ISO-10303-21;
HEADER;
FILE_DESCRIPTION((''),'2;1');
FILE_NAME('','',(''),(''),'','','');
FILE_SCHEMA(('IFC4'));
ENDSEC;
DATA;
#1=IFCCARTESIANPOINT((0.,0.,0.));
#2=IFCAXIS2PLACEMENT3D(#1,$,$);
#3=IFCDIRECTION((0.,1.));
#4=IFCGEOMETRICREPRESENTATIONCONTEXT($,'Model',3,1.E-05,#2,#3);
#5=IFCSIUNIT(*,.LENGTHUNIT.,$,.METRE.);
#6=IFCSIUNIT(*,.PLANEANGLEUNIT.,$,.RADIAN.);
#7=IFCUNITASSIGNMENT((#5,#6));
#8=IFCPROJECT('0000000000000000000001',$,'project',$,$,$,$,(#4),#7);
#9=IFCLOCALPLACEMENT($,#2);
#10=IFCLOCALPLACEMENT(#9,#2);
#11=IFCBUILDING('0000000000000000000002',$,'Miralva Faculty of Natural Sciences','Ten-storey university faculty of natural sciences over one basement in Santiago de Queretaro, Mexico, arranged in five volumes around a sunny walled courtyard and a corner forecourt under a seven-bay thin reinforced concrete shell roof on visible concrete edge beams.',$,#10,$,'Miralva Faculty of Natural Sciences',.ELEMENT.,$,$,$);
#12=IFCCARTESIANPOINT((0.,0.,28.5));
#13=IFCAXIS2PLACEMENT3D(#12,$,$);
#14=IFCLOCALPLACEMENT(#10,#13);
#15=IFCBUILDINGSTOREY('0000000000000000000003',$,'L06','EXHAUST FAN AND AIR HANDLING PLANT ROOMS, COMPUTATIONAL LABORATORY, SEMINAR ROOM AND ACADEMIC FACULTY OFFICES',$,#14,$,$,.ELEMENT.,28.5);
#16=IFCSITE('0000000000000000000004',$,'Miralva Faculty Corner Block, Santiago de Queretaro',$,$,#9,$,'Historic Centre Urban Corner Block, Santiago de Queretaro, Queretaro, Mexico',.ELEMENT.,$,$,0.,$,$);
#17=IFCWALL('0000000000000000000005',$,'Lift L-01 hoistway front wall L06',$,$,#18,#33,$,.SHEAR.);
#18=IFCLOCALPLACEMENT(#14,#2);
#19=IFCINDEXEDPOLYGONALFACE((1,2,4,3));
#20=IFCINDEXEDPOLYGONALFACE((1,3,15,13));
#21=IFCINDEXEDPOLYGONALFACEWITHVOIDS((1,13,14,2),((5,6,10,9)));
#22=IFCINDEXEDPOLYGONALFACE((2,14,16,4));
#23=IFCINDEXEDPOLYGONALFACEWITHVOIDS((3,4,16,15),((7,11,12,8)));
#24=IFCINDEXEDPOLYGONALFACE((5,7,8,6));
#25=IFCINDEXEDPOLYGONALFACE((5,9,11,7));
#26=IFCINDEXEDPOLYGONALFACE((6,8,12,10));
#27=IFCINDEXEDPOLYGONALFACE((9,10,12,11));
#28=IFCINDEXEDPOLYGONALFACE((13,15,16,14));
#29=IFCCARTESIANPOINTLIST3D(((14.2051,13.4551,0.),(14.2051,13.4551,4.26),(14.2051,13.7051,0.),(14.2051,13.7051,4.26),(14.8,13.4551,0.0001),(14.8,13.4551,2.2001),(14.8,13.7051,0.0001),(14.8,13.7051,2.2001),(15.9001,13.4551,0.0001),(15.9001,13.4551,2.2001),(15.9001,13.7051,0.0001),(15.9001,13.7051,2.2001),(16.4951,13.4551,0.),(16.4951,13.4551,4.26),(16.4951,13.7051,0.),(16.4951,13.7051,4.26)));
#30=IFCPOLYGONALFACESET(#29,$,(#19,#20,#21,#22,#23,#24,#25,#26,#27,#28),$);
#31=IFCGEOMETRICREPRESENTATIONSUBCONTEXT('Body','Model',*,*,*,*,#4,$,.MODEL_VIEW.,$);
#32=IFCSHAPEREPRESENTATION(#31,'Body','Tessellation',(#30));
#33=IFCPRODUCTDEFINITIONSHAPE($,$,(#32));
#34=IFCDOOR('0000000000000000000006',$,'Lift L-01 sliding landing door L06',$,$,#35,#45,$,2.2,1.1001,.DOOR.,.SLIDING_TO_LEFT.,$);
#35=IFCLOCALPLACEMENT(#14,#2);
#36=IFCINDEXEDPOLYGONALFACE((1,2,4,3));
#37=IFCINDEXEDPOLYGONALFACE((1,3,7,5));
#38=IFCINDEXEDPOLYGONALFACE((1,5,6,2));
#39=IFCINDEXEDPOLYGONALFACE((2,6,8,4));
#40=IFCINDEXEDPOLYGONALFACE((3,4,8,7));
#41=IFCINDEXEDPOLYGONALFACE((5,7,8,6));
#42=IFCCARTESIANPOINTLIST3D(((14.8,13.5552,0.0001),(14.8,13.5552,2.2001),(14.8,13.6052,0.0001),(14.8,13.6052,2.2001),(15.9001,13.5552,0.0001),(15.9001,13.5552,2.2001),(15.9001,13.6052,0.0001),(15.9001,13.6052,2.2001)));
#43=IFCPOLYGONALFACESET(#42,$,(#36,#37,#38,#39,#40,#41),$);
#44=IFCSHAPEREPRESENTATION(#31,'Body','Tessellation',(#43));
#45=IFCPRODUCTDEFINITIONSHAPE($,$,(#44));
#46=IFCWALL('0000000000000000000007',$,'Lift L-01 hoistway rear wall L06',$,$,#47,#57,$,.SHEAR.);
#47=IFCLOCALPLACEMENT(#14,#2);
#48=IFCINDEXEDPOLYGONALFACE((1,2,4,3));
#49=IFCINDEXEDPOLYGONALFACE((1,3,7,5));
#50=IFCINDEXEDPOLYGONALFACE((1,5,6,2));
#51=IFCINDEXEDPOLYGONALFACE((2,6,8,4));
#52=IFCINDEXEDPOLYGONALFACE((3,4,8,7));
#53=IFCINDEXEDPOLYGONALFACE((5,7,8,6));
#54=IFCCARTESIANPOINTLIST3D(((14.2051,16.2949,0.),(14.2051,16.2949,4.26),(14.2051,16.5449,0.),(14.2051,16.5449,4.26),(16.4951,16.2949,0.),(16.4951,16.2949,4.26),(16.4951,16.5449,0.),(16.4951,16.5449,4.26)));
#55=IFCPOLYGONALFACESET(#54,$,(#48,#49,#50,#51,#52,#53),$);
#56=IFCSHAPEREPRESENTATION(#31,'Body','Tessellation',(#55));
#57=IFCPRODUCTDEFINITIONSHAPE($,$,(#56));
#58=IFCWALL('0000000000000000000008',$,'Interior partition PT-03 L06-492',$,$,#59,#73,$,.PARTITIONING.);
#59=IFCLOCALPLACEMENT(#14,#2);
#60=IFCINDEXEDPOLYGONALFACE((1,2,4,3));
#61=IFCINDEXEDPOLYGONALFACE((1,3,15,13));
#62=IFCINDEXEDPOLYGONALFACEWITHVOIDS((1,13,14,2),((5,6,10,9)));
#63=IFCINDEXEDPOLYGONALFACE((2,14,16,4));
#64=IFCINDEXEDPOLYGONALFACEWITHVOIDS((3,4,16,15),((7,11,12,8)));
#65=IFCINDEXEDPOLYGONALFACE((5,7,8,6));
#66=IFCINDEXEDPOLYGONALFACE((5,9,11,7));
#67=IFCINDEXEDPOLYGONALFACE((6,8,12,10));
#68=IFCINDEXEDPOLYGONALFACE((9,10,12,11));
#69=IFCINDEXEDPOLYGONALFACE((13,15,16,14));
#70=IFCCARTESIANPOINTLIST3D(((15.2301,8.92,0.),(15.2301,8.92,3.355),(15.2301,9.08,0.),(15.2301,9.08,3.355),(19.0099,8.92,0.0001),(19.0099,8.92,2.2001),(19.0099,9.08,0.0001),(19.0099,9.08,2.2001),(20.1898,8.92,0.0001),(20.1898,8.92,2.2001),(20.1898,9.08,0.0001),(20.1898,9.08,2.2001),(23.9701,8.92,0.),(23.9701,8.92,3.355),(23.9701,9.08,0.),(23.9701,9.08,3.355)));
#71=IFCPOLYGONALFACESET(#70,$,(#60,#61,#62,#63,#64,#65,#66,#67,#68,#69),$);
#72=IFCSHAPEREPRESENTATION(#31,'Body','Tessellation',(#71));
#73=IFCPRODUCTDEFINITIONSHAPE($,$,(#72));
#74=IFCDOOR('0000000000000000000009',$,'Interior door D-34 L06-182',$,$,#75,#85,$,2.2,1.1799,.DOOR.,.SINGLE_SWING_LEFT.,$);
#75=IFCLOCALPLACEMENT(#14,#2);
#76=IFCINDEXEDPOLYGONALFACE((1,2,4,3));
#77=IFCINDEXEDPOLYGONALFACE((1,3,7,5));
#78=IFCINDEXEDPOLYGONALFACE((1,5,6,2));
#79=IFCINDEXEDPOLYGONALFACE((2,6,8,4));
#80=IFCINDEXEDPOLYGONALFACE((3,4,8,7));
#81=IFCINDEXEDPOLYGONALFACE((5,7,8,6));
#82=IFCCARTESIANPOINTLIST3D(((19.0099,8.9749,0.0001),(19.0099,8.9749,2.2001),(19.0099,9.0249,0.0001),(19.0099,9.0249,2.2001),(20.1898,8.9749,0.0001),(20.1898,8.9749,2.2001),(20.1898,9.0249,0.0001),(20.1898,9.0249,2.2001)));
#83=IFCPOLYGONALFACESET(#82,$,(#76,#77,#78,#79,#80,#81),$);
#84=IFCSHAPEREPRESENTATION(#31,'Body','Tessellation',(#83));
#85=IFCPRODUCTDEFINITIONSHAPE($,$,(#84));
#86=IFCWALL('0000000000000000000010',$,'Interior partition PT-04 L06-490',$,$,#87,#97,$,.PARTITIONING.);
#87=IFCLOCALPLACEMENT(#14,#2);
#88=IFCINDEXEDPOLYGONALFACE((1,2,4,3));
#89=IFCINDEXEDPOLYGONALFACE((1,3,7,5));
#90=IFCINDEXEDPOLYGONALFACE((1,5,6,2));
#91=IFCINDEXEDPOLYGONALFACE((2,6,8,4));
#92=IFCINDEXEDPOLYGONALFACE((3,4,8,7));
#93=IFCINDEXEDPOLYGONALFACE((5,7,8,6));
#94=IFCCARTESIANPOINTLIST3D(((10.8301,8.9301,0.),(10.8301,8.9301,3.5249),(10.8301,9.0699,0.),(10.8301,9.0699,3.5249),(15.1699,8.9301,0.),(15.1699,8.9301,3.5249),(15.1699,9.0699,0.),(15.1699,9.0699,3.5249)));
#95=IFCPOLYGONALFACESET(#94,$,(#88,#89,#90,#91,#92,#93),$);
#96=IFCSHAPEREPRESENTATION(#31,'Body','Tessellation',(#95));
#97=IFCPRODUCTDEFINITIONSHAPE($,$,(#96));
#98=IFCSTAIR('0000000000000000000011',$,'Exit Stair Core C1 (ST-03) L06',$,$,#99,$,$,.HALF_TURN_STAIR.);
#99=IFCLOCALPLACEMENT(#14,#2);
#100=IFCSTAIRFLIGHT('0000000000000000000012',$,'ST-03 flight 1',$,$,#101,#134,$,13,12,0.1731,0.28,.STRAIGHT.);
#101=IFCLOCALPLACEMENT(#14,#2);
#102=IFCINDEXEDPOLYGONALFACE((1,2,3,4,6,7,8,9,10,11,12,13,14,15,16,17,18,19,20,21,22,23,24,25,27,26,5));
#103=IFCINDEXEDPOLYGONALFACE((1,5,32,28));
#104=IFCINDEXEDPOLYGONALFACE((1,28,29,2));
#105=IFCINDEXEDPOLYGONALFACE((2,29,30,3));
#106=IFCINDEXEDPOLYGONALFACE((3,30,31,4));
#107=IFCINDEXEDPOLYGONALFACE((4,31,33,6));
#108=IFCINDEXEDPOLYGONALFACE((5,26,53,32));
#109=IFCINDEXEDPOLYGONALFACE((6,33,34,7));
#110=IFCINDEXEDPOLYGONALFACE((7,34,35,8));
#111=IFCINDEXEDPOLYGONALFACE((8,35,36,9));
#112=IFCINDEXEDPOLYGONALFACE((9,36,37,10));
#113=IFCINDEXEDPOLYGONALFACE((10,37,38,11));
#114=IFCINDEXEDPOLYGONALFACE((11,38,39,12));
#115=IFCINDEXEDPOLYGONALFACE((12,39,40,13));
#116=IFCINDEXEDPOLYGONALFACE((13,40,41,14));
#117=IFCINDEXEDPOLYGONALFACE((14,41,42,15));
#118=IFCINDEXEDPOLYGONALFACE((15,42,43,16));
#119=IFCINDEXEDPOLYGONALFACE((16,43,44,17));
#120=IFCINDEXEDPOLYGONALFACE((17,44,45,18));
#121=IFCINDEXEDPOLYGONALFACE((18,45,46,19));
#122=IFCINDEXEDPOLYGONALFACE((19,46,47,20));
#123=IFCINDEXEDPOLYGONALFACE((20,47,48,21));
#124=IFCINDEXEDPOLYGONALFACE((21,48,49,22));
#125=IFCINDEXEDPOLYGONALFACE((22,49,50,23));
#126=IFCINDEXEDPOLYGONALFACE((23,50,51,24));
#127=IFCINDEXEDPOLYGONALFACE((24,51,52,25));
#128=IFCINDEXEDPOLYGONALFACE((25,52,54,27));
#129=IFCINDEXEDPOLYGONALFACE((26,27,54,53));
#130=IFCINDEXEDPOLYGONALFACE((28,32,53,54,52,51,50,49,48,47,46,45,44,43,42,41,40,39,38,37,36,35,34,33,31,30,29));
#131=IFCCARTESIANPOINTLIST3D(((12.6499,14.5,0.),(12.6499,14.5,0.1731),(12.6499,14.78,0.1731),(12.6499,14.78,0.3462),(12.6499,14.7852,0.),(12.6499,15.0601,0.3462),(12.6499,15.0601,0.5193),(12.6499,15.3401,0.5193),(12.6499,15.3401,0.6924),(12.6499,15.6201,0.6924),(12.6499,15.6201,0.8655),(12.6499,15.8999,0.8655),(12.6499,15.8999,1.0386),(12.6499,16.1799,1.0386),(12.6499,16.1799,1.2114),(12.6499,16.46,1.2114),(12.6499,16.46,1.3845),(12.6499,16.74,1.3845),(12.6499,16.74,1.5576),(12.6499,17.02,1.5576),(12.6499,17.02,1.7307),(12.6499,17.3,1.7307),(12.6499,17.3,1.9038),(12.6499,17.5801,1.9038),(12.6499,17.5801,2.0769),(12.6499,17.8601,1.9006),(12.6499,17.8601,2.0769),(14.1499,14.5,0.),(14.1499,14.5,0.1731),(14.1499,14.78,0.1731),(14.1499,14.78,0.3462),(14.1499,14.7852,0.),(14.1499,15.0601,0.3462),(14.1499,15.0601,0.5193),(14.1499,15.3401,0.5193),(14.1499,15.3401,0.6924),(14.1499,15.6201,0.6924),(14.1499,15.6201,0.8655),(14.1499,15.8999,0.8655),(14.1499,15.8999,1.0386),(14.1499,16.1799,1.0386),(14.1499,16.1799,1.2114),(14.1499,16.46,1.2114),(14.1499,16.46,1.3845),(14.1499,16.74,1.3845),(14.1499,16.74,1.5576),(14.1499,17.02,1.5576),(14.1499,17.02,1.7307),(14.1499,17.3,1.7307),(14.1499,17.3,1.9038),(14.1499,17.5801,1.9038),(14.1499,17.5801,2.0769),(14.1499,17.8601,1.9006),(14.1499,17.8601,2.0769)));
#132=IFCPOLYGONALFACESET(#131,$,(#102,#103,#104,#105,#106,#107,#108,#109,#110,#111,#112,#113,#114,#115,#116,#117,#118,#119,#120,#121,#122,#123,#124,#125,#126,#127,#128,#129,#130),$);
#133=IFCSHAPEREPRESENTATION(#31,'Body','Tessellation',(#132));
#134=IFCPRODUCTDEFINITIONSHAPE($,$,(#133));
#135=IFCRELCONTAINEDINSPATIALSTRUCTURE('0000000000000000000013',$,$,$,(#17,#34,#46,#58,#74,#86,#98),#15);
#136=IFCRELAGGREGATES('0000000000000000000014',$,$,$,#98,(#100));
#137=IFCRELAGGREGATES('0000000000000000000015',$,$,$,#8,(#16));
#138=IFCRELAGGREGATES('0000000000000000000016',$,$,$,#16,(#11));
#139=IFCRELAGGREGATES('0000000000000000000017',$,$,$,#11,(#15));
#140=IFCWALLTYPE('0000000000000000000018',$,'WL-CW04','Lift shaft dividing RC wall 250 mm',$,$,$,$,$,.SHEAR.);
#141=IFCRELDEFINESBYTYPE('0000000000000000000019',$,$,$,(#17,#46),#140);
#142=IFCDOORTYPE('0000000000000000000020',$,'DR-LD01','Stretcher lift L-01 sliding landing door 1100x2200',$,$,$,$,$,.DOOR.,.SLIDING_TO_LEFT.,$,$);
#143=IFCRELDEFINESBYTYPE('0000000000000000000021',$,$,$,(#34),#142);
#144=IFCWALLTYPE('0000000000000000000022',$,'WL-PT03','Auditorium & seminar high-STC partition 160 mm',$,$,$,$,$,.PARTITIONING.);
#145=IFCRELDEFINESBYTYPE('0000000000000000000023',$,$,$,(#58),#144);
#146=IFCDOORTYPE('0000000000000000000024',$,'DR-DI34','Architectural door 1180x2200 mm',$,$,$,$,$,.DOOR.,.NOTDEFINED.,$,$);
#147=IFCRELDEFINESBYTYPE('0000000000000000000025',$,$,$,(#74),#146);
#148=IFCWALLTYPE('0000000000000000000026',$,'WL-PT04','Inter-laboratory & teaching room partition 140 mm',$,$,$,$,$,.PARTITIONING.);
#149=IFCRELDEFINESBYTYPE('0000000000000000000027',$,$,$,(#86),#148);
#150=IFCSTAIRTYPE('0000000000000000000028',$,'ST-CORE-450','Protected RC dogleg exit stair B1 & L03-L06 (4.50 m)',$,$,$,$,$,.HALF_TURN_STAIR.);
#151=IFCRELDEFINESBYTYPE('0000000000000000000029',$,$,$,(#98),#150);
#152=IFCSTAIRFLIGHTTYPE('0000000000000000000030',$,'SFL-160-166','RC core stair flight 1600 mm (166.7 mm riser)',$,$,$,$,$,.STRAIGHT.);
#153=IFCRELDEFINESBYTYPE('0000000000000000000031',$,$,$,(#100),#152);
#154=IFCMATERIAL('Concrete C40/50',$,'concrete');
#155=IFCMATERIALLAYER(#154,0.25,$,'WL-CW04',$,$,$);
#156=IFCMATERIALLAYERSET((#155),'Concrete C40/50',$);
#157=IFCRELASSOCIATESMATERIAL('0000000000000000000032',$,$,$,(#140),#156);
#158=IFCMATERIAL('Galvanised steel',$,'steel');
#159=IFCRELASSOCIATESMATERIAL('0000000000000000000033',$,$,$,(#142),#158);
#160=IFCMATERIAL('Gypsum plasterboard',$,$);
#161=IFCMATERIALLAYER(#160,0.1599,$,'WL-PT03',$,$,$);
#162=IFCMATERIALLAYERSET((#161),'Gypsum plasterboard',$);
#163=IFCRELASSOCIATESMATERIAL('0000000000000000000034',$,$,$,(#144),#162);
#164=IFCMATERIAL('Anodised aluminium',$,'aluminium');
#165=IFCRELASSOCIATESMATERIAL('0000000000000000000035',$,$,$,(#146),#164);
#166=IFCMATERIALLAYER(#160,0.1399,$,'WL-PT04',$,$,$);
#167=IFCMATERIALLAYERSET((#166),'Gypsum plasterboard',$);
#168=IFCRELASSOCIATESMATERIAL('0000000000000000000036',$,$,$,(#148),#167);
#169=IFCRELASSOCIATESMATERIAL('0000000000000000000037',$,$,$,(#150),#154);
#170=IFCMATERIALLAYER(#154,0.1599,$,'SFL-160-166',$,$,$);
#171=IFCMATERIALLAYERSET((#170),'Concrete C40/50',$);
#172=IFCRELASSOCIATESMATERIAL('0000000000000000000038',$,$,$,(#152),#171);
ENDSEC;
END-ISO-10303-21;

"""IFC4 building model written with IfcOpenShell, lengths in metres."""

from ifc_helpers import new_model, si_unit, direction, frame, frame_2d, origin, place, context, subcontext, project, spatial, polyline, rectangle, outline, extrude, material, layer, layer_set, type_object, element, fill, aggregate, save


model = new_model("IFC4")

# Units and contexts
model_context = context("Model", 3, precision=1e-05, world=origin(), true_north=direction((0.0, 1.0)))
body_context = subcontext(model_context, "Body", "Model", "MODEL_VIEW")
ifc_project = project(units=[si_unit("LENGTHUNIT", "METRE"), si_unit("PLANEANGLEUNIT", "RADIAN")], contexts=[model_context])

# Site, building, storey
site_placement = place(None, origin())
site = spatial("IfcSite", under=ifc_project, at=site_placement, Name="Miralva Faculty Corner Block, Santiago de Queretaro", LongName="Historic Centre Urban Corner Block, Santiago de Queretaro, Queretaro, Mexico", CompositionType="ELEMENT", RefElevation=0.0)
building_placement = place(site_placement, origin())
building = spatial("IfcBuilding", under=site, at=building_placement, Name="Miralva Faculty of Natural Sciences", Description="Ten-storey university faculty of natural sciences over one basement in Santiago de Queretaro, Mexico, arranged in five volumes around a sunny walled courtyard and a corner forecourt under a seven-bay thin reinforced concrete shell roof on visible concrete edge beams.", LongName="Miralva Faculty of Natural Sciences", CompositionType="ELEMENT")
storey_placement = place(building_placement, frame((0.0, 0.0, 28.5)))
storey = spatial("IfcBuildingStorey", under=building, at=storey_placement, Name="L06", Description="EXHAUST FAN AND AIR HANDLING PLANT ROOMS, COMPUTATIONAL LABORATORY, SEMINAR ROOM AND ACADEMIC FACULTY OFFICES", CompositionType="ELEMENT", Elevation=28.5)

# Shared definitions
ifc_material_1 = material(Name="Concrete C40/50", Category="concrete")

# Shared definitions
ifc_material_2 = material(Name="Anodised aluminium", Category="aluminium")

# Shared definitions
ifc_material_3 = material(Name="Galvanised steel", Category="steel")

# Wall, opening, door
ifc_layer_1 = layer(ifc_material_1, 0.25, Name="WL-CW04")
ifc_layer_set_1 = layer_set([ifc_layer_1], Name="Concrete C40/50")
wall_type_1 = type_object("IfcWallType", Name="WL-CW04", Description="Lift shaft dividing RC wall 250 mm", PredefinedType="SHEAR", material=ifc_layer_set_1)
wall_1_placement = place(storey_placement, frame((14.2051, 13.5801, 0.0), z_axis=(0.0, 0.0, 1.0), x_axis=(1.0, 0.0, 0.0)))
wall_1 = element("IfcWall", 1, at=wall_1_placement, inside=storey, type_object=wall_type_1, Name="Lift L-01 hoistway front wall L06", PredefinedType="SHEAR", context=body_context, shape_type="SweptSolid", body=[
    extrude(rectangle(XDim=2.29, YDim=0.25, at=frame_2d((1.145, 0.0))), origin(), (0.0, 0.0, 1.0), 4.26),
])
opening_1_placement = place(wall_1_placement, frame((0.595, 0.0, 0.0)))
opening_1 = element("IfcOpeningElement", 2, at=opening_1_placement, cuts=wall_1, PredefinedType="OPENING", context=body_context, shape_type="SweptSolid", body=[
    extrude(rectangle(XDim=1.1001, YDim=2.2, at=frame_2d((0.55, 1.1001))), frame((0.0, 0.135, 0.0), z_axis=(0.0, -1.0, 0.0), x_axis=(1.0, 0.0, 0.0)), (0.0, 0.0, 1.0), 0.27),
])
door_type_1 = type_object("IfcDoorType", Name="DR-LD01", Description="Stretcher lift L-01 sliding landing door 1100x2200", OperationType="SLIDING_TO_LEFT", PredefinedType="DOOR", material=ifc_material_3)
door_1_placement = place(opening_1_placement, frame((1.1001, 0.0, 0.0), z_axis=(0.0, 0.0, 1.0), x_axis=(-1.0, 0.0, 0.0)))
door_1 = element("IfcDoor", 3, at=door_1_placement, inside=storey, type_object=door_type_1, Name="Lift L-01 sliding landing door L06", OperationType="SLIDING_TO_LEFT", OverallHeight=2.2, OverallWidth=1.1001, PredefinedType="DOOR", context=body_context, shape_type="SweptSolid", body=[
    extrude(rectangle(XDim=1.1001, YDim=2.2, at=frame_2d((0.55, 1.1001))), frame((0.0, 0.0249, 0.0), z_axis=(0.0, -1.0, 0.0), x_axis=(1.0, 0.0, 0.0)), (0.0, 0.0, 1.0), 0.05),
])
fill(opening_1, door_1)

# Wall
wall_2_placement = place(storey_placement, frame((14.2051, 16.4199, 0.0), z_axis=(0.0, 0.0, 1.0), x_axis=(1.0, 0.0, 0.0)))
element("IfcWall", 4, at=wall_2_placement, inside=storey, type_object=wall_type_1, Name="Lift L-01 hoistway rear wall L06", PredefinedType="SHEAR", context=body_context, shape_type="SweptSolid", body=[
    extrude(rectangle(XDim=2.29, YDim=0.25, at=frame_2d((1.145, 0.0))), origin(), (0.0, 0.0, 1.0), 4.26),
])

# Wall, opening, door
ifc_material_4 = material(Name="Gypsum plasterboard")
ifc_layer_2 = layer(ifc_material_4, 0.1599, Name="WL-PT03")
ifc_layer_set_2 = layer_set([ifc_layer_2], Name="Gypsum plasterboard")
wall_type_2 = type_object("IfcWallType", Name="WL-PT03", Description="Auditorium & seminar high-STC partition 160 mm", PredefinedType="PARTITIONING", material=ifc_layer_set_2)
wall_3_placement = place(storey_placement, frame((15.23, 9.0, 0.0), z_axis=(0.0, 0.0, 1.0), x_axis=(1.0, 0.0, 0.0)))
wall_3 = element("IfcWall", 5, at=wall_3_placement, inside=storey, type_object=wall_type_2, Name="Interior partition PT-03 L06-492", PredefinedType="PARTITIONING", context=body_context, shape_type="SweptSolid", body=[
    extrude(rectangle(XDim=8.74, YDim=0.1599, at=frame_2d((4.3701, 0.0))), origin(), (0.0, 0.0, 1.0), 3.355),
])
opening_2_placement = place(wall_3_placement, frame((3.78, 0.0, 0.0)))
opening_2 = element("IfcOpeningElement", 6, at=opening_2_placement, cuts=wall_3, PredefinedType="OPENING", context=body_context, shape_type="SweptSolid", body=[
    extrude(rectangle(XDim=1.1799, YDim=2.2, at=frame_2d((0.5898, 1.1001))), frame((0.0, 0.0898, 0.0), z_axis=(0.0, -1.0, 0.0), x_axis=(1.0, 0.0, 0.0)), (0.0, 0.0, 1.0), 0.1799),
])
door_type_2 = type_object("IfcDoorType", Name="DR-DI34", Description="Architectural door 1180x2200 mm", OperationType="NOTDEFINED", PredefinedType="DOOR", material=ifc_material_2)
door_2_placement = place(opening_2_placement, origin())
door_2 = element("IfcDoor", 7, at=door_2_placement, inside=storey, type_object=door_type_2, Name="Interior door D-34 L06-182", OperationType="SINGLE_SWING_LEFT", OverallHeight=2.2, OverallWidth=1.1799, PredefinedType="DOOR", context=body_context, shape_type="SweptSolid", body=[
    extrude(rectangle(XDim=1.1799, YDim=2.2, at=frame_2d((0.5898, 1.1001))), frame((0.0, 0.0249, 0.0), z_axis=(0.0, -1.0, 0.0), x_axis=(1.0, 0.0, 0.0)), (0.0, 0.0, 1.0), 0.05),
])
fill(opening_2, door_2)

# Wall
ifc_layer_3 = layer(ifc_material_4, 0.1399, Name="WL-PT04")
ifc_layer_set_3 = layer_set([ifc_layer_3], Name="Gypsum plasterboard")
wall_type_3 = type_object("IfcWallType", Name="WL-PT04", Description="Inter-laboratory & teaching room partition 140 mm", PredefinedType="PARTITIONING", material=ifc_layer_set_3)
wall_4_placement = place(storey_placement, frame((10.8301, 9.0, 0.0), z_axis=(0.0, 0.0, 1.0), x_axis=(1.0, 0.0, 0.0)))
element("IfcWall", 8, at=wall_4_placement, inside=storey, type_object=wall_type_3, Name="Interior partition PT-04 L06-490", PredefinedType="PARTITIONING", context=body_context, shape_type="SweptSolid", body=[
    extrude(rectangle(XDim=4.3398, YDim=0.1399, at=frame_2d((2.1699, 0.0))), origin(), (0.0, 0.0, 1.0), 3.5249),
])

# Stair, stair flight
stair_type = type_object("IfcStairType", Name="ST-CORE-450", Description="Protected RC dogleg exit stair B1 & L03-L06 (4.50 m)", PredefinedType="HALF_TURN_STAIR", material=ifc_material_1)
stair_placement = place(storey_placement, origin())
stair = element("IfcStair", 9, at=stair_placement, inside=storey, type_object=stair_type, Name="Exit Stair Core C1 (ST-03) L06", PredefinedType="HALF_TURN_STAIR")
ifc_layer_4 = layer(ifc_material_1, 0.1599, Name="SFL-160-166")
ifc_layer_set_4 = layer_set([ifc_layer_4], Name="Concrete C40/50")
stair_flight_type = type_object("IfcStairFlightType", Name="SFL-160-166", Description="RC core stair flight 1600 mm (166.7 mm riser)", PredefinedType="STRAIGHT", material=ifc_layer_set_4)
stair_flight_placement = place(storey_placement, frame((13.3999, 14.5, 0.0), z_axis=(0.0, 0.0, 1.0), x_axis=(0.0, 1.0, 0.0)))
stair_flight = element("IfcStairFlight", 10, at=stair_flight_placement, type_object=stair_flight_type, Name="ST-03 flight 1", NumberOfRisers=13, NumberOfTreads=12, PredefinedType="STRAIGHT", RiserHeight=0.1731, TreadLength=0.28, context=body_context, shape_type="SweptSolid", body=[
    extrude(outline(polyline([(0.0, 0.0), (0.0, 0.1731), (0.28, 0.1731), (0.28, 0.3462), (0.5601, 0.3462), (0.5601, 0.5193), (0.8401, 0.5193), (0.8401, 0.6924), (1.1201, 0.6924), (1.1201, 0.8655), (1.3999, 0.8655), (1.3999, 1.0386), (1.6799, 1.0386), (1.6799, 1.2114), (1.96, 1.2114), (1.96, 1.3845), (2.24, 1.3845), (2.24, 1.5576), (2.52, 1.5576), (2.52, 1.7307), (2.8, 1.7307), (2.8, 1.9038), (3.0801, 1.9038), (3.0801, 2.0769), (3.3601, 2.0769), (3.3601, 2.25), (3.3601, 1.9006), (0.2852, 0.0), (0.0, 0.0)])), frame((0.0, 0.75, 0.0), z_axis=(0.0, -1.0, 0.0), x_axis=(1.0, 0.0, 0.0)), (0.0, 0.0, 1.0), 1.5),
])
aggregate(stair, [stair_flight])

save(model, "model.ifc")
